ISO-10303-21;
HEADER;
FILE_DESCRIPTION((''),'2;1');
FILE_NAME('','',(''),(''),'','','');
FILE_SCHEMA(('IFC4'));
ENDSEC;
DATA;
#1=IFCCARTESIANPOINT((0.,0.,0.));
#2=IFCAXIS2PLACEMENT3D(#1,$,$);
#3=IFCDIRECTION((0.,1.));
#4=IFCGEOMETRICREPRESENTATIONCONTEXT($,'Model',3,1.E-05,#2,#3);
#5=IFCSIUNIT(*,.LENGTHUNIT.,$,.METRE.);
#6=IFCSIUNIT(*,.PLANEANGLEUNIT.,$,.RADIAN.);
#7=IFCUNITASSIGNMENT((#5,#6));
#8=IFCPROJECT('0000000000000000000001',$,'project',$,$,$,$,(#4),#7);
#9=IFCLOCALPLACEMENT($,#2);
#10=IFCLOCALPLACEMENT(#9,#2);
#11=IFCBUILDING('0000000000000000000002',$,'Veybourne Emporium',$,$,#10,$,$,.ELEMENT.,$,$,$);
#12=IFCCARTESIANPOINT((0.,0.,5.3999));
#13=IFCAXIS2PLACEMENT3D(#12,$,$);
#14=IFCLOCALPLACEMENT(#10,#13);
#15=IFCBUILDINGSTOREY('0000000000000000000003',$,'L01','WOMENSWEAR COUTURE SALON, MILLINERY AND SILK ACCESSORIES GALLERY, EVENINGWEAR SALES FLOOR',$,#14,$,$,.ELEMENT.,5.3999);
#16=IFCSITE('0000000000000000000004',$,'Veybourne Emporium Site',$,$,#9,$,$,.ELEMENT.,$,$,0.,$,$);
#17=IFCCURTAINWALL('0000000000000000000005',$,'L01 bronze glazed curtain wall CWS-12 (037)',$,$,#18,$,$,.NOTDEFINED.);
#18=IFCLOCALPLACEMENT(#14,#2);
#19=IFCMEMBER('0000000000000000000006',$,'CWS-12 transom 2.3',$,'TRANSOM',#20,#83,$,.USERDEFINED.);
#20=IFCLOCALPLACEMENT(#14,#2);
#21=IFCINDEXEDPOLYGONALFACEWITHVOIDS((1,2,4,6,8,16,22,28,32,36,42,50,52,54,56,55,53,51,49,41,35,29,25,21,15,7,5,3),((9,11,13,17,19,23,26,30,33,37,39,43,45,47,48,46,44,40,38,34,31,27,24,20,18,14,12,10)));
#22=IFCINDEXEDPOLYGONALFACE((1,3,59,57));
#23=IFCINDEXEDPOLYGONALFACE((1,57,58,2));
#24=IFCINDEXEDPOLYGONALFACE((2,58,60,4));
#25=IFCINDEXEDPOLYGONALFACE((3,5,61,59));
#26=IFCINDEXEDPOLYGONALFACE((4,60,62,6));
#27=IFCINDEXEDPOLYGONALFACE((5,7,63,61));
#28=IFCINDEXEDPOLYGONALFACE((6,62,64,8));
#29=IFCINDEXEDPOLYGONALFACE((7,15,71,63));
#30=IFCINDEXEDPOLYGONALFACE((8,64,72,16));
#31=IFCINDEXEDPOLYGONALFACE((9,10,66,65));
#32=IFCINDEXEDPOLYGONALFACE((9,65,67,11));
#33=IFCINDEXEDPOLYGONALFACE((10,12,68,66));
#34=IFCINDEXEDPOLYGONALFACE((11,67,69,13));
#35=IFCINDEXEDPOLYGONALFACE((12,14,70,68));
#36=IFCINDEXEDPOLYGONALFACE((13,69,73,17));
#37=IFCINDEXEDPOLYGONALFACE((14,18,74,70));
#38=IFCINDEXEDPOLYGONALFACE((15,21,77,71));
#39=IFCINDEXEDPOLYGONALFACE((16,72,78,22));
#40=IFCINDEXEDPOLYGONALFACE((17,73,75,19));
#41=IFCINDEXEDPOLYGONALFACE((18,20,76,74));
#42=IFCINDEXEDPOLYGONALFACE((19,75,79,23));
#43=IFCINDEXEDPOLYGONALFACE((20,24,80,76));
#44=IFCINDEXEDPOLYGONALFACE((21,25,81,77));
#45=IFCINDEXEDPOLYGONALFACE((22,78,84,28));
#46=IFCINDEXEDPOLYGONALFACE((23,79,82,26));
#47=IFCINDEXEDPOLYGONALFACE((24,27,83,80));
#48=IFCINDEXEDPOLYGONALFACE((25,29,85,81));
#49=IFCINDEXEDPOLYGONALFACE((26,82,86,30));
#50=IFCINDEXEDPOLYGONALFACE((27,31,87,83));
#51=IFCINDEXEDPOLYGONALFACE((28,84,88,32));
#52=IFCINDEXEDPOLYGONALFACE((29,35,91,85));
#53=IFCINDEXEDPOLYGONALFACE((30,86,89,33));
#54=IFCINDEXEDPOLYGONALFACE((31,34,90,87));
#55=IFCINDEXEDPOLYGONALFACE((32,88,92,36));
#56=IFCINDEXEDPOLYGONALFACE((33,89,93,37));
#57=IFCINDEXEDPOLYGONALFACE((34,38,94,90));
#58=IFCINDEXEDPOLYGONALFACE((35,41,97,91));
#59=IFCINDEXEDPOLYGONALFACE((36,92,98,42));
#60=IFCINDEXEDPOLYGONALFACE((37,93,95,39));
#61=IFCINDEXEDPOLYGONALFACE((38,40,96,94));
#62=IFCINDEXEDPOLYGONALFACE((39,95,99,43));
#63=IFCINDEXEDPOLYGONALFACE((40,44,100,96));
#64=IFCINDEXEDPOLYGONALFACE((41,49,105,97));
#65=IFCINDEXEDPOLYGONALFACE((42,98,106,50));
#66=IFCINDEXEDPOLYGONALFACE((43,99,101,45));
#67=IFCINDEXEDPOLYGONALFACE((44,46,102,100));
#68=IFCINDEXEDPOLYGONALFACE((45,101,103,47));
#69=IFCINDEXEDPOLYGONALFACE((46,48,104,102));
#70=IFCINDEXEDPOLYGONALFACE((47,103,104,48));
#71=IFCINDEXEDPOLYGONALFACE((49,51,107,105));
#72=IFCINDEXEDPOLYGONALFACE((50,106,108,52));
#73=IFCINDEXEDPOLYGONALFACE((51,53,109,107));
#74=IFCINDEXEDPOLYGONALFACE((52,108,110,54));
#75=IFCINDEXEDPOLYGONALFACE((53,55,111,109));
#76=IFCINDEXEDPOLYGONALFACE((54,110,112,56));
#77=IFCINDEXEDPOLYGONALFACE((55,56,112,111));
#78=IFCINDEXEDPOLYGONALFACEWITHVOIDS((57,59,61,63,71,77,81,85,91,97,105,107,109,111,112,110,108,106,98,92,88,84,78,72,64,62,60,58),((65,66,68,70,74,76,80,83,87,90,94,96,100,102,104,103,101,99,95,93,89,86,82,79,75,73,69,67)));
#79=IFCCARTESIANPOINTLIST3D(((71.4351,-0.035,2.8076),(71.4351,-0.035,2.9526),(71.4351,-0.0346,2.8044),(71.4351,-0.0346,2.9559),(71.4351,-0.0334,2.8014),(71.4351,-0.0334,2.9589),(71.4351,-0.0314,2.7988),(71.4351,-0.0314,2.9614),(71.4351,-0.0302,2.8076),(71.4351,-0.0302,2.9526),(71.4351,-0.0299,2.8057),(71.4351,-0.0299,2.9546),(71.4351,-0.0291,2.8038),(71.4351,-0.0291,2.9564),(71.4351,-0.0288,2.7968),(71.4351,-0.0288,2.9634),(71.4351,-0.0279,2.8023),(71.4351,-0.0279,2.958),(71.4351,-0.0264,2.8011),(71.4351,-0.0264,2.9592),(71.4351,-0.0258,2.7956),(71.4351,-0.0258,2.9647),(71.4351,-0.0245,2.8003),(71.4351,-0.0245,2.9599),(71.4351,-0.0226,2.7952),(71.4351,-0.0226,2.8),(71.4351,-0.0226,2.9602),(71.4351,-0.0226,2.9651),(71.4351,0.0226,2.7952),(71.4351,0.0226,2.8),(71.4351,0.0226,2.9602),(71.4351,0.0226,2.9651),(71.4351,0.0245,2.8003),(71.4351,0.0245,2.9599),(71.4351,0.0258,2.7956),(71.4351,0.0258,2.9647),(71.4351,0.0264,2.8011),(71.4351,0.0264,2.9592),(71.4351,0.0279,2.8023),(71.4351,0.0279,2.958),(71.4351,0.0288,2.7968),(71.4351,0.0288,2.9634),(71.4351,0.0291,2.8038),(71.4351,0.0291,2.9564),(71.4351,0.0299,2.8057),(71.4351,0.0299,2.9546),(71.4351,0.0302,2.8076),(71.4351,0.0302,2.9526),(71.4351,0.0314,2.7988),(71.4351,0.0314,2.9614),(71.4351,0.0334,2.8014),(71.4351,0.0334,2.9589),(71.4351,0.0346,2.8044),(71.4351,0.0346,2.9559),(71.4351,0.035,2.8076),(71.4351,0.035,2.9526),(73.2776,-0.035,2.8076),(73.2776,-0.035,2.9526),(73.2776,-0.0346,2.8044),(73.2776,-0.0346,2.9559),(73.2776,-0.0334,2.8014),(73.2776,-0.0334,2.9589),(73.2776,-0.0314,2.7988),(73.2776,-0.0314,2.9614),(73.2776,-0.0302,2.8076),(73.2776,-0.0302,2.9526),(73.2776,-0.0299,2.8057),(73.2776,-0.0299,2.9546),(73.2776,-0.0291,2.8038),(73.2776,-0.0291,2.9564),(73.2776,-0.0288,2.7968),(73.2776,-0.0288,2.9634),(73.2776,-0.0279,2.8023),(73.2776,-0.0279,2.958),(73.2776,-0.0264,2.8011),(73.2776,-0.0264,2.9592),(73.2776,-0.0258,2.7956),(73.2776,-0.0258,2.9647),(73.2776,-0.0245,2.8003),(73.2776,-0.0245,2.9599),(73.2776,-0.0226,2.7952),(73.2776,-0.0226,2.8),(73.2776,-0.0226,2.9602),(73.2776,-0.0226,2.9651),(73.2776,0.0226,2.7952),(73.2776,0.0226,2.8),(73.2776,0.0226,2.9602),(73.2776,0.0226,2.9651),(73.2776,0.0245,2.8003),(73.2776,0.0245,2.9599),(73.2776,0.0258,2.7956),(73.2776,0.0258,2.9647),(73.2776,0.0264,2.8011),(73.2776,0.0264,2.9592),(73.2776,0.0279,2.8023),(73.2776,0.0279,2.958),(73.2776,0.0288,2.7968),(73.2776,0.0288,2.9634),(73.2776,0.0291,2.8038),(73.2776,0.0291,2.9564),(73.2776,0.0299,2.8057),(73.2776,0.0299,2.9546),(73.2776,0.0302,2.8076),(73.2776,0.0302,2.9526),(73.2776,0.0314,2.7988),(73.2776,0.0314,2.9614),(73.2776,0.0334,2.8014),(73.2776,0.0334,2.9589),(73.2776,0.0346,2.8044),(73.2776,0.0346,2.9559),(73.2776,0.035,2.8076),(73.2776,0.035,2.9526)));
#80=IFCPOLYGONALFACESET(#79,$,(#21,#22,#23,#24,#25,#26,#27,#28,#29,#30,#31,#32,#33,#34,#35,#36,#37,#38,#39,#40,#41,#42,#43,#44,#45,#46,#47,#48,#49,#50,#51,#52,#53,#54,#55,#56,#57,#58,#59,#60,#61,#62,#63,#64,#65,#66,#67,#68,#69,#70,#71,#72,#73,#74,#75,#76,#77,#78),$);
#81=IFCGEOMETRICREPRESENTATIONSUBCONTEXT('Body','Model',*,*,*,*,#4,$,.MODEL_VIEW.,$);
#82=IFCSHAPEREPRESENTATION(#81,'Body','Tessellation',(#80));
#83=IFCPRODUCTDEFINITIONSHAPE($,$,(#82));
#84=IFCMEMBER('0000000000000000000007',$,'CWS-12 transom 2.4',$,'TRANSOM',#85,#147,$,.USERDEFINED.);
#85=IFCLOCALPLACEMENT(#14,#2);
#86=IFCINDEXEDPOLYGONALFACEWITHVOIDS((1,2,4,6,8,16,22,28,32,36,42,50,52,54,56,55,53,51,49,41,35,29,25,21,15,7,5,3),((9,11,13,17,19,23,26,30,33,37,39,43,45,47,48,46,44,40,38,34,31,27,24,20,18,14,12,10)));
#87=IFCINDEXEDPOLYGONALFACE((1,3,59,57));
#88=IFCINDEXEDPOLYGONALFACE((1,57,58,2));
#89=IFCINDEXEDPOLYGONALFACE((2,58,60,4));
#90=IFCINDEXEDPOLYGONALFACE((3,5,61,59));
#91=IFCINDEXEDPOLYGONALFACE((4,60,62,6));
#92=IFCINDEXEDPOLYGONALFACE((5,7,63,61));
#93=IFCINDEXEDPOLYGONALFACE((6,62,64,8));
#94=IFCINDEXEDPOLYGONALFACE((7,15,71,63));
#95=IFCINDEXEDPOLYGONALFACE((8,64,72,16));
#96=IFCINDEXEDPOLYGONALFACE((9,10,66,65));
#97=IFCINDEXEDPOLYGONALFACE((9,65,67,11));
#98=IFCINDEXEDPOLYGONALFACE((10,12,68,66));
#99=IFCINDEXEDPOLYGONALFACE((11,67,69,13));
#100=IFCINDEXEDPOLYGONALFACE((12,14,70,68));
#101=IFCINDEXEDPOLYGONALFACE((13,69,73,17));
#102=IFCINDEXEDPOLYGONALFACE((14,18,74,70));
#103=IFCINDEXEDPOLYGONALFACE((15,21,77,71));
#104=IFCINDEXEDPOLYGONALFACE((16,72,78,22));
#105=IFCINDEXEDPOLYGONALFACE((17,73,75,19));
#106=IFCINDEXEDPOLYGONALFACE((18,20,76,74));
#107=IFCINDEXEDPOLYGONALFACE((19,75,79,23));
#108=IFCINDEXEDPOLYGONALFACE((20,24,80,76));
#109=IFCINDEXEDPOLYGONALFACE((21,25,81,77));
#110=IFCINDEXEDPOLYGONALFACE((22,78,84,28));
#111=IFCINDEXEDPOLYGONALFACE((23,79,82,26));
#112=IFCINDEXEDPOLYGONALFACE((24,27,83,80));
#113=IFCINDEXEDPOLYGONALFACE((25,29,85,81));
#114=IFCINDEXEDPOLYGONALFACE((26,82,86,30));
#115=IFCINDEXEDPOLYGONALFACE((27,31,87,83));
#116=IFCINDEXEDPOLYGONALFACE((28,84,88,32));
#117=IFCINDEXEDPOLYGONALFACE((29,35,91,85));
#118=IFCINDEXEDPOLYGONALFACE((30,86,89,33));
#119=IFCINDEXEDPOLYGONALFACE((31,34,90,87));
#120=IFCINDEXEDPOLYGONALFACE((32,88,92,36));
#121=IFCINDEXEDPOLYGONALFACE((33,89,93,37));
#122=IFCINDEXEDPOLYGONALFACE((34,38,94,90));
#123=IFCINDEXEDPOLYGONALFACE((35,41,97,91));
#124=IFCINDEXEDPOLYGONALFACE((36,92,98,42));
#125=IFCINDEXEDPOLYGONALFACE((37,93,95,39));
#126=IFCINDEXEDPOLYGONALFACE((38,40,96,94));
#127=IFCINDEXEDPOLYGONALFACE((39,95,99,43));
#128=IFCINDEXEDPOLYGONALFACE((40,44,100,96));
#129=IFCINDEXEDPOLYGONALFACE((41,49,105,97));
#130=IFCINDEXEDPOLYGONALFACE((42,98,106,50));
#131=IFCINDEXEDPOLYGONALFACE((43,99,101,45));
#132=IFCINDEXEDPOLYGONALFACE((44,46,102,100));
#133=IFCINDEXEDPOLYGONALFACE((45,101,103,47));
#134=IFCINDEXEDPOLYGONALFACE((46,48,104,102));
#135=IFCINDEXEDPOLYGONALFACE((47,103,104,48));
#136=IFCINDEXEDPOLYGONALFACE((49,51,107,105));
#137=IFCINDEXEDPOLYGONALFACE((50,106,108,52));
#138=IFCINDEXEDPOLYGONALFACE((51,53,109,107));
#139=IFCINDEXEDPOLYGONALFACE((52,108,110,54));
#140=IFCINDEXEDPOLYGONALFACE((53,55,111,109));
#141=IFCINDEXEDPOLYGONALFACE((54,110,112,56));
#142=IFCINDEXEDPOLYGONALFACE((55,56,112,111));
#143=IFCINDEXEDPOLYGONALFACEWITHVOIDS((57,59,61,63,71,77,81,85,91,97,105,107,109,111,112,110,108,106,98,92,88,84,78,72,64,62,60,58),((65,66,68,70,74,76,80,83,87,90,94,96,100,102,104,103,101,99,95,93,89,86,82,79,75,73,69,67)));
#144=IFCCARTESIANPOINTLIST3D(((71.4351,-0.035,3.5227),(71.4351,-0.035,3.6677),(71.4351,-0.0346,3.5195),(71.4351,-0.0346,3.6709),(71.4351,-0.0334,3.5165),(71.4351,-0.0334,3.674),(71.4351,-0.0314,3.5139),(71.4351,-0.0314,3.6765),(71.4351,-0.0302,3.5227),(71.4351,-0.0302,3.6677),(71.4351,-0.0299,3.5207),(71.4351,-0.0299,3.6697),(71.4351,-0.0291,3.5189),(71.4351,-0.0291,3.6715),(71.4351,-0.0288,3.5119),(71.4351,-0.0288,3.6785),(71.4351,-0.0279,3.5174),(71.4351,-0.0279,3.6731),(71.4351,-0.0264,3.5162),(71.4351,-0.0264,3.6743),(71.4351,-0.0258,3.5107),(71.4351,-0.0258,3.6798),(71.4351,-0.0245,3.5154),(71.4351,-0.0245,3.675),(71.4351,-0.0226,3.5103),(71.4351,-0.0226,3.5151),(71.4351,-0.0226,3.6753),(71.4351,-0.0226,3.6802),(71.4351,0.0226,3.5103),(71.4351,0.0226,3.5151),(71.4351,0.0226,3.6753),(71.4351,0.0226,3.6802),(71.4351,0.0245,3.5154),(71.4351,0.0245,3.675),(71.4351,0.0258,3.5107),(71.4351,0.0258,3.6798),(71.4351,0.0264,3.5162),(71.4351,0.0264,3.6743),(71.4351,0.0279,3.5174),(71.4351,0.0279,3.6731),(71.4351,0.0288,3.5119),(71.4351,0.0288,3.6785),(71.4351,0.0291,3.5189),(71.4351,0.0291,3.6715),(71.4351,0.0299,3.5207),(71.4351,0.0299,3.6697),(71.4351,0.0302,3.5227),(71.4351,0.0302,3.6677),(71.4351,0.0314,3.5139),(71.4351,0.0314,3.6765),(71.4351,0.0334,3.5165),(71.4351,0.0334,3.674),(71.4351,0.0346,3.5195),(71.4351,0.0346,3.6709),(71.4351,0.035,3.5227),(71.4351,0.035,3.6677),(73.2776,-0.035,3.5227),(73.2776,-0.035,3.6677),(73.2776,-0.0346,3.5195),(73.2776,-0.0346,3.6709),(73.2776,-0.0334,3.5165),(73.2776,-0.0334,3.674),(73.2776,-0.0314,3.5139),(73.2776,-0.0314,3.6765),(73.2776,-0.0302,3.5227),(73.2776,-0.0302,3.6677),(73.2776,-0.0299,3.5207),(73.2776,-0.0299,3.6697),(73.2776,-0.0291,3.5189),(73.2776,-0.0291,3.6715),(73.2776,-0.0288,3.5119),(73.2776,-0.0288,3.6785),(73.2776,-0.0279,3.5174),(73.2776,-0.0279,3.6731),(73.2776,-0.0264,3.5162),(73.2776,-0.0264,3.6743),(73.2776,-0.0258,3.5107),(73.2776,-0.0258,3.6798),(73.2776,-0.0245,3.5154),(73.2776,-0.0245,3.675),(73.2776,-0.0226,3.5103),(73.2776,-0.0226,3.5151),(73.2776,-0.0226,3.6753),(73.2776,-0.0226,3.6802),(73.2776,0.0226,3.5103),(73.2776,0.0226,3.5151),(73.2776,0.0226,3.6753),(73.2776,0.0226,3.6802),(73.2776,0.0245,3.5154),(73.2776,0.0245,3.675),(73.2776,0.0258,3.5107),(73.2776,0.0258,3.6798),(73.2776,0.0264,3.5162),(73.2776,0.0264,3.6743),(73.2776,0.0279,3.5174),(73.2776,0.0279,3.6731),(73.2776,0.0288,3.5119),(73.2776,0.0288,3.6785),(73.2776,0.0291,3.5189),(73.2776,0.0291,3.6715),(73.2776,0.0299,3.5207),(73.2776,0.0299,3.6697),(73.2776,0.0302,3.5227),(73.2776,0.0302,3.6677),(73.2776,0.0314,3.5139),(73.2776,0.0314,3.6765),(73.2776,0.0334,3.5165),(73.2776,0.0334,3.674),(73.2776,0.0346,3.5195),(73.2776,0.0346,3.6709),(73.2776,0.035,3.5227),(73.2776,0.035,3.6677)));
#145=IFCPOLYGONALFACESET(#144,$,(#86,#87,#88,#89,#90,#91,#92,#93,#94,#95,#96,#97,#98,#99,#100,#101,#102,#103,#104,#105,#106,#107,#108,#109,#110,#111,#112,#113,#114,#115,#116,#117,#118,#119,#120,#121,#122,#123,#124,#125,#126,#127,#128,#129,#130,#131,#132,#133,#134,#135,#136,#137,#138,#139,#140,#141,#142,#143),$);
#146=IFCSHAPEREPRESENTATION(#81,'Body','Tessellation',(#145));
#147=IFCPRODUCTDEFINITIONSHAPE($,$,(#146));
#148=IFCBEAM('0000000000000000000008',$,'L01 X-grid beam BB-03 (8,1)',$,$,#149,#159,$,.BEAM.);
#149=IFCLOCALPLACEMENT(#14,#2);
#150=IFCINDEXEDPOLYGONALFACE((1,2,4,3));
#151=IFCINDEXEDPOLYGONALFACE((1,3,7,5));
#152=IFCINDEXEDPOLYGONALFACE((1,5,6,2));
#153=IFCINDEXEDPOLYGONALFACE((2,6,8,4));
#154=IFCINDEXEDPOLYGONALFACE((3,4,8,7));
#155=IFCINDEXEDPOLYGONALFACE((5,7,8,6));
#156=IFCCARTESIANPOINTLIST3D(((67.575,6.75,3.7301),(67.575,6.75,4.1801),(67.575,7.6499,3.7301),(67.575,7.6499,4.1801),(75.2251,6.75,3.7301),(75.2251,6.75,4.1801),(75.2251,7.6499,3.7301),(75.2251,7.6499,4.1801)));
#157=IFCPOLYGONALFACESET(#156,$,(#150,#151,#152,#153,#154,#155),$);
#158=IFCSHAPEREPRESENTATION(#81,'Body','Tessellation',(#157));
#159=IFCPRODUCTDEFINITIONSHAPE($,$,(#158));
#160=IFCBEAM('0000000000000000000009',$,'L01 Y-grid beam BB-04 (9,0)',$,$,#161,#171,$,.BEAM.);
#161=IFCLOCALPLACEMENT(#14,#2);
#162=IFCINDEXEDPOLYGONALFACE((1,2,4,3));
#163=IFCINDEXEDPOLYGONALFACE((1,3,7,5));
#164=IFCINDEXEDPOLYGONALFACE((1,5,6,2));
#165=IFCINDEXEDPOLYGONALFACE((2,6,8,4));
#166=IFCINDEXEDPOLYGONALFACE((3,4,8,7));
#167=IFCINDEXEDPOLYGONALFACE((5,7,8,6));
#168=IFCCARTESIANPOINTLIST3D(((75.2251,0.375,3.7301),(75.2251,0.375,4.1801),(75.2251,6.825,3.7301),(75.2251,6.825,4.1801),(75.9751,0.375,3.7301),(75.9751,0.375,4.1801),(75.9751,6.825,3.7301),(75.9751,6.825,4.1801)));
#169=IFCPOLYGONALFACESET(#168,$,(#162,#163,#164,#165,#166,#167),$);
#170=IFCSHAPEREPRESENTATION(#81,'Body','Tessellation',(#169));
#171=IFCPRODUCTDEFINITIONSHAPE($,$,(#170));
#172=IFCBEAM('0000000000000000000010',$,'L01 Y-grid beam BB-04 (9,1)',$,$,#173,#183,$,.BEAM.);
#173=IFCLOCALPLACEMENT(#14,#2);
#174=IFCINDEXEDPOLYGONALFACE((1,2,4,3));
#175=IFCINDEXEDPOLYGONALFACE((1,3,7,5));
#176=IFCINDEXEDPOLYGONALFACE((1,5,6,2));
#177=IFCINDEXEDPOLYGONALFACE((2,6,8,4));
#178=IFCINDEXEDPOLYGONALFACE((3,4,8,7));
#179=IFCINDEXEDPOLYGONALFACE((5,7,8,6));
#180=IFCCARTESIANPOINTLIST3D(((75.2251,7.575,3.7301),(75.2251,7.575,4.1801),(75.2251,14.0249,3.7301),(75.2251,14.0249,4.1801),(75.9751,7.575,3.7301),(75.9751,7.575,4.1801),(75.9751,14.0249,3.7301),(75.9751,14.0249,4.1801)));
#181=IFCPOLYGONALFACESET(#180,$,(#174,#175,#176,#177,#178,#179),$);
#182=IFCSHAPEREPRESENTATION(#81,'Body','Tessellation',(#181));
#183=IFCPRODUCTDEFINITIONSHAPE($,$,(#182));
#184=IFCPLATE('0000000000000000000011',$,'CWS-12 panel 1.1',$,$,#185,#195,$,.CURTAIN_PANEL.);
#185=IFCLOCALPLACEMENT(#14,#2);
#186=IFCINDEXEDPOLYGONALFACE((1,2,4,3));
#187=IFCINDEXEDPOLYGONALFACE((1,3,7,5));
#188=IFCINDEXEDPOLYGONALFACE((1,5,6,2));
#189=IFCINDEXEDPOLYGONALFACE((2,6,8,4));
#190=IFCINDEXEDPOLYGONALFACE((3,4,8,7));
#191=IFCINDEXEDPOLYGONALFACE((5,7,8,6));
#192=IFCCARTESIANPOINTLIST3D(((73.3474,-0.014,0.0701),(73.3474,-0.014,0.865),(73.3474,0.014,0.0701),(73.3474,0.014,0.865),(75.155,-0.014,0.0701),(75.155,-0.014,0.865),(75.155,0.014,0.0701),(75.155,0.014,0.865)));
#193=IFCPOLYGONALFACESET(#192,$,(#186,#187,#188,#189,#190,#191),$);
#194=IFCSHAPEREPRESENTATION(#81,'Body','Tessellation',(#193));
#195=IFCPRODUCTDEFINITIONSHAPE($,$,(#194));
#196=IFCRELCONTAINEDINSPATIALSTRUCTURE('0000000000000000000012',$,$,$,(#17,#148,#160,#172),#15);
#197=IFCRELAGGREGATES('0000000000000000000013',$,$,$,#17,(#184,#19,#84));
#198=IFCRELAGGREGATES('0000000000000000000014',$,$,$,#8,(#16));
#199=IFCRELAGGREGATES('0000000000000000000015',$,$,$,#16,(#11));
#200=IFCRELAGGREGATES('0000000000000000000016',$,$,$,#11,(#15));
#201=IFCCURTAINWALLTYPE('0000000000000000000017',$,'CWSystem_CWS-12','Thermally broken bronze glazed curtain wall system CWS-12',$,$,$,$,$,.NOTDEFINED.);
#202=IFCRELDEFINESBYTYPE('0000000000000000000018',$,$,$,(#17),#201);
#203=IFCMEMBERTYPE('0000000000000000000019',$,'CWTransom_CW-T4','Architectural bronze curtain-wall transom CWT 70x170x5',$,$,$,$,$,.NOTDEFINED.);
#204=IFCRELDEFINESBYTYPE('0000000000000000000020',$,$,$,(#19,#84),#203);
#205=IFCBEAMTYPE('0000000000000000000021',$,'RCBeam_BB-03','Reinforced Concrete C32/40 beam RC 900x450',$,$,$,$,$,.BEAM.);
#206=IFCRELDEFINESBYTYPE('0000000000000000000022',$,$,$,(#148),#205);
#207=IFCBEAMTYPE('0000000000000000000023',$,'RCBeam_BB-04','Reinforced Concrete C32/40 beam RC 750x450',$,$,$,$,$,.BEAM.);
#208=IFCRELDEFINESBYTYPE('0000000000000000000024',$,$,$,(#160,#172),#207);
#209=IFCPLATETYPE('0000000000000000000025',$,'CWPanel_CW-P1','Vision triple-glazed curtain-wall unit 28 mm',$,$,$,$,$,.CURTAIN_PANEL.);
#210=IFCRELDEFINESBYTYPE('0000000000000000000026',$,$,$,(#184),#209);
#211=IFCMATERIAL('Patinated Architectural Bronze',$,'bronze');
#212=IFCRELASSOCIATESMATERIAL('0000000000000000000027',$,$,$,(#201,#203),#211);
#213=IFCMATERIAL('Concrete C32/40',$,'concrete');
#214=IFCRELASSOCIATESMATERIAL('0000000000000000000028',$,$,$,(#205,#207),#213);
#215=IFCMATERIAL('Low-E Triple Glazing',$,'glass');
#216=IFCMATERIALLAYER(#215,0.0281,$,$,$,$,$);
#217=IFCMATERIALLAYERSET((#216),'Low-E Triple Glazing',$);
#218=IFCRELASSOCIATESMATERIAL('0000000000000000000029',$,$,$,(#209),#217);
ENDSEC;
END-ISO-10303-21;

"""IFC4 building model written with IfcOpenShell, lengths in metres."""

from ifc_helpers import new_model, si_unit, direction, frame, origin, origin_2d, place, context, subcontext, project, spatial, rectangle, hollow_rectangle, extrude, material, layer, layer_set, material_profile, profile_set, type_object, element, aggregate, save


model = new_model("IFC4")

# Units and contexts
model_context = context("Model", 3, precision=1e-05, world=origin(), true_north=direction((0.0, 1.0)))
body_context = subcontext(model_context, "Body", "Model", "MODEL_VIEW")
ifc_project = project(units=[si_unit("LENGTHUNIT", "METRE"), si_unit("PLANEANGLEUNIT", "RADIAN")], contexts=[model_context])

# Site, building, storey
site_placement = place(None, origin())
site = spatial("IfcSite", under=ifc_project, at=site_placement, Name="Veybourne Emporium Site", CompositionType="ELEMENT", RefElevation=0.0)
building_placement = place(site_placement, origin())
building = spatial("IfcBuilding", under=site, at=building_placement, Name="Veybourne Emporium", CompositionType="ELEMENT")
storey_placement = place(building_placement, frame((0.0, 0.0, 5.3999)))
storey = spatial("IfcBuildingStorey", under=building, at=storey_placement, Name="L01", Description="WOMENSWEAR COUTURE SALON, MILLINERY AND SILK ACCESSORIES GALLERY, EVENINGWEAR SALES FLOOR", CompositionType="ELEMENT", Elevation=5.3999)

# Curtain wall, members
ifc_material_1 = material(Name="Patinated Architectural Bronze", Category="bronze")
curtain_wall_type = type_object("IfcCurtainWallType", Name="CWSystem_CWS-12", Description="Thermally broken bronze glazed curtain wall system CWS-12", PredefinedType="NOTDEFINED", material=ifc_material_1)
curtain_wall_placement = place(storey_placement, origin())
curtain_wall = element("IfcCurtainWall", 1, at=curtain_wall_placement, inside=storey, type_object=curtain_wall_type, Name="L01 bronze glazed curtain wall CWS-12 (037)", PredefinedType="NOTDEFINED")
ifc_material_profile_1 = material_profile(ifc_material_1, hollow_rectangle(XDim=0.0701, YDim=0.1699, WallThickness=0.0049, InnerFilletRadius=0.0076, OuterFilletRadius=0.0125, at=origin_2d()), Name="CWT 70x170x5")
ifc_profile_set_1 = profile_set([ifc_material_profile_1], Name="Patinated Architectural Bronze")
member_type_1 = type_object("IfcMemberType", Name="CWTransom_CW-T4", Description="Architectural bronze curtain-wall transom CWT 70x170x5", PredefinedType="NOTDEFINED", material=ifc_profile_set_1)
member_1_placement = place(storey_placement, frame((73.2776, 0.0, 2.8801), z_axis=(-1.0, 0.0, 0.0), x_axis=(0.0, -1.0, 0.0)))
member_1 = element("IfcMember", 2, at=member_1_placement, type_object=member_type_1, Name="CWS-12 transom 2.3", ObjectType="TRANSOM", PredefinedType="USERDEFINED", context=body_context, shape_type="SweptSolid", body=[
    extrude(hollow_rectangle(XDim=0.0701, YDim=0.1699, WallThickness=0.0049, InnerFilletRadius=0.0076, OuterFilletRadius=0.0125, at=origin_2d()), origin(), (0.0, 0.0, 1.0), 1.8425),
])
member_2_placement = place(storey_placement, frame((73.2776, 0.0, 3.5952), z_axis=(-1.0, 0.0, 0.0), x_axis=(0.0, -1.0, 0.0)))
member_2 = element("IfcMember", 3, at=member_2_placement, type_object=member_type_1, Name="CWS-12 transom 2.4", ObjectType="TRANSOM", PredefinedType="USERDEFINED", context=body_context, shape_type="SweptSolid", body=[
    extrude(hollow_rectangle(XDim=0.0701, YDim=0.1699, WallThickness=0.0049, InnerFilletRadius=0.0076, OuterFilletRadius=0.0125, at=origin_2d()), origin(), (0.0, 0.0, 1.0), 1.8425),
])

# Beams
ifc_material_2 = material(Name="Concrete C32/40", Category="concrete")
ifc_material_profile_2 = material_profile(ifc_material_2, rectangle(XDim=0.8999, YDim=0.45, at=origin_2d()), Name="RC 900x450")
ifc_profile_set_2 = profile_set([ifc_material_profile_2], Name="Concrete C32/40")
beam_type_1 = type_object("IfcBeamType", Name="RCBeam_BB-03", Description="Reinforced Concrete C32/40 beam RC 900x450", PredefinedType="BEAM", material=ifc_profile_set_2)
beam_placement = place(storey_placement, frame((67.575, 7.2, 3.9551), z_axis=(1.0, 0.0, 0.0), x_axis=(0.0, 1.0, 0.0)))
element("IfcBeam", 4, at=beam_placement, inside=storey, type_object=beam_type_1, Name="L01 X-grid beam BB-03 (8,1)", PredefinedType="BEAM", context=body_context, shape_type="SweptSolid", body=[
    extrude(rectangle(XDim=0.8999, YDim=0.45, at=origin_2d()), origin(), (0.0, 0.0, 1.0), 7.6501),
])
ifc_material_profile_3 = material_profile(ifc_material_2, rectangle(XDim=0.75, YDim=0.45, at=origin_2d()), Name="RC 750x450")
ifc_profile_set_3 = profile_set([ifc_material_profile_3], Name="Concrete C32/40")
beam_type_2 = type_object("IfcBeamType", Name="RCBeam_BB-04", Description="Reinforced Concrete C32/40 beam RC 750x450", PredefinedType="BEAM", material=ifc_profile_set_3)
for number, where, z_axis, x_axis, name in (
    (5, (75.6001, 0.375, 3.9551), (0.0, 1.0, 0.0), (-1.0, 0.0, 0.0), "L01 Y-grid beam BB-04 (9,0)"),
    (6, (75.6001, 7.575, 3.9551), (0.0, 1.0, 0.0), (-1.0, 0.0, 0.0), "L01 Y-grid beam BB-04 (9,1)"),
):
    element("IfcBeam", number, at=place(storey_placement, frame(where, z_axis=z_axis, x_axis=x_axis)), inside=storey, type_object=beam_type_2, Name=name, PredefinedType="BEAM", context=body_context, shape_type="SweptSolid", body=[
        extrude(rectangle(XDim=0.75, YDim=0.45, at=origin_2d()), origin(), (0.0, 0.0, 1.0), 6.45),
    ])

# Plate
ifc_material_3 = material(Name="Low-E Triple Glazing", Category="glass")
ifc_layer_1 = layer(ifc_material_3, 0.0281)
ifc_layer_set_1 = layer_set([ifc_layer_1], Name="Low-E Triple Glazing")
plate_type = type_object("IfcPlateType", Name="CWPanel_CW-P1", Description="Vision triple-glazed curtain-wall unit 28 mm", PredefinedType="CURTAIN_PANEL", material=ifc_layer_set_1)
plate_1_placement = place(storey_placement, frame((74.2512, 0.0, 0.0701), z_axis=(0.0, 0.0, 1.0), x_axis=(-1.0, 0.0, 0.0)))
plate_1 = element("IfcPlate", 7, at=plate_1_placement, type_object=plate_type, Name="CWS-12 panel 1.1", PredefinedType="CURTAIN_PANEL", context=body_context, shape_type="SweptSolid", body=[
    extrude(rectangle(XDim=1.8076, YDim=0.0281, at=origin_2d()), origin(), (0.0, 0.0, 1.0), 0.7949),
])
aggregate(curtain_wall, [plate_1, member_1, member_2])

save(model, "model.ifc")
